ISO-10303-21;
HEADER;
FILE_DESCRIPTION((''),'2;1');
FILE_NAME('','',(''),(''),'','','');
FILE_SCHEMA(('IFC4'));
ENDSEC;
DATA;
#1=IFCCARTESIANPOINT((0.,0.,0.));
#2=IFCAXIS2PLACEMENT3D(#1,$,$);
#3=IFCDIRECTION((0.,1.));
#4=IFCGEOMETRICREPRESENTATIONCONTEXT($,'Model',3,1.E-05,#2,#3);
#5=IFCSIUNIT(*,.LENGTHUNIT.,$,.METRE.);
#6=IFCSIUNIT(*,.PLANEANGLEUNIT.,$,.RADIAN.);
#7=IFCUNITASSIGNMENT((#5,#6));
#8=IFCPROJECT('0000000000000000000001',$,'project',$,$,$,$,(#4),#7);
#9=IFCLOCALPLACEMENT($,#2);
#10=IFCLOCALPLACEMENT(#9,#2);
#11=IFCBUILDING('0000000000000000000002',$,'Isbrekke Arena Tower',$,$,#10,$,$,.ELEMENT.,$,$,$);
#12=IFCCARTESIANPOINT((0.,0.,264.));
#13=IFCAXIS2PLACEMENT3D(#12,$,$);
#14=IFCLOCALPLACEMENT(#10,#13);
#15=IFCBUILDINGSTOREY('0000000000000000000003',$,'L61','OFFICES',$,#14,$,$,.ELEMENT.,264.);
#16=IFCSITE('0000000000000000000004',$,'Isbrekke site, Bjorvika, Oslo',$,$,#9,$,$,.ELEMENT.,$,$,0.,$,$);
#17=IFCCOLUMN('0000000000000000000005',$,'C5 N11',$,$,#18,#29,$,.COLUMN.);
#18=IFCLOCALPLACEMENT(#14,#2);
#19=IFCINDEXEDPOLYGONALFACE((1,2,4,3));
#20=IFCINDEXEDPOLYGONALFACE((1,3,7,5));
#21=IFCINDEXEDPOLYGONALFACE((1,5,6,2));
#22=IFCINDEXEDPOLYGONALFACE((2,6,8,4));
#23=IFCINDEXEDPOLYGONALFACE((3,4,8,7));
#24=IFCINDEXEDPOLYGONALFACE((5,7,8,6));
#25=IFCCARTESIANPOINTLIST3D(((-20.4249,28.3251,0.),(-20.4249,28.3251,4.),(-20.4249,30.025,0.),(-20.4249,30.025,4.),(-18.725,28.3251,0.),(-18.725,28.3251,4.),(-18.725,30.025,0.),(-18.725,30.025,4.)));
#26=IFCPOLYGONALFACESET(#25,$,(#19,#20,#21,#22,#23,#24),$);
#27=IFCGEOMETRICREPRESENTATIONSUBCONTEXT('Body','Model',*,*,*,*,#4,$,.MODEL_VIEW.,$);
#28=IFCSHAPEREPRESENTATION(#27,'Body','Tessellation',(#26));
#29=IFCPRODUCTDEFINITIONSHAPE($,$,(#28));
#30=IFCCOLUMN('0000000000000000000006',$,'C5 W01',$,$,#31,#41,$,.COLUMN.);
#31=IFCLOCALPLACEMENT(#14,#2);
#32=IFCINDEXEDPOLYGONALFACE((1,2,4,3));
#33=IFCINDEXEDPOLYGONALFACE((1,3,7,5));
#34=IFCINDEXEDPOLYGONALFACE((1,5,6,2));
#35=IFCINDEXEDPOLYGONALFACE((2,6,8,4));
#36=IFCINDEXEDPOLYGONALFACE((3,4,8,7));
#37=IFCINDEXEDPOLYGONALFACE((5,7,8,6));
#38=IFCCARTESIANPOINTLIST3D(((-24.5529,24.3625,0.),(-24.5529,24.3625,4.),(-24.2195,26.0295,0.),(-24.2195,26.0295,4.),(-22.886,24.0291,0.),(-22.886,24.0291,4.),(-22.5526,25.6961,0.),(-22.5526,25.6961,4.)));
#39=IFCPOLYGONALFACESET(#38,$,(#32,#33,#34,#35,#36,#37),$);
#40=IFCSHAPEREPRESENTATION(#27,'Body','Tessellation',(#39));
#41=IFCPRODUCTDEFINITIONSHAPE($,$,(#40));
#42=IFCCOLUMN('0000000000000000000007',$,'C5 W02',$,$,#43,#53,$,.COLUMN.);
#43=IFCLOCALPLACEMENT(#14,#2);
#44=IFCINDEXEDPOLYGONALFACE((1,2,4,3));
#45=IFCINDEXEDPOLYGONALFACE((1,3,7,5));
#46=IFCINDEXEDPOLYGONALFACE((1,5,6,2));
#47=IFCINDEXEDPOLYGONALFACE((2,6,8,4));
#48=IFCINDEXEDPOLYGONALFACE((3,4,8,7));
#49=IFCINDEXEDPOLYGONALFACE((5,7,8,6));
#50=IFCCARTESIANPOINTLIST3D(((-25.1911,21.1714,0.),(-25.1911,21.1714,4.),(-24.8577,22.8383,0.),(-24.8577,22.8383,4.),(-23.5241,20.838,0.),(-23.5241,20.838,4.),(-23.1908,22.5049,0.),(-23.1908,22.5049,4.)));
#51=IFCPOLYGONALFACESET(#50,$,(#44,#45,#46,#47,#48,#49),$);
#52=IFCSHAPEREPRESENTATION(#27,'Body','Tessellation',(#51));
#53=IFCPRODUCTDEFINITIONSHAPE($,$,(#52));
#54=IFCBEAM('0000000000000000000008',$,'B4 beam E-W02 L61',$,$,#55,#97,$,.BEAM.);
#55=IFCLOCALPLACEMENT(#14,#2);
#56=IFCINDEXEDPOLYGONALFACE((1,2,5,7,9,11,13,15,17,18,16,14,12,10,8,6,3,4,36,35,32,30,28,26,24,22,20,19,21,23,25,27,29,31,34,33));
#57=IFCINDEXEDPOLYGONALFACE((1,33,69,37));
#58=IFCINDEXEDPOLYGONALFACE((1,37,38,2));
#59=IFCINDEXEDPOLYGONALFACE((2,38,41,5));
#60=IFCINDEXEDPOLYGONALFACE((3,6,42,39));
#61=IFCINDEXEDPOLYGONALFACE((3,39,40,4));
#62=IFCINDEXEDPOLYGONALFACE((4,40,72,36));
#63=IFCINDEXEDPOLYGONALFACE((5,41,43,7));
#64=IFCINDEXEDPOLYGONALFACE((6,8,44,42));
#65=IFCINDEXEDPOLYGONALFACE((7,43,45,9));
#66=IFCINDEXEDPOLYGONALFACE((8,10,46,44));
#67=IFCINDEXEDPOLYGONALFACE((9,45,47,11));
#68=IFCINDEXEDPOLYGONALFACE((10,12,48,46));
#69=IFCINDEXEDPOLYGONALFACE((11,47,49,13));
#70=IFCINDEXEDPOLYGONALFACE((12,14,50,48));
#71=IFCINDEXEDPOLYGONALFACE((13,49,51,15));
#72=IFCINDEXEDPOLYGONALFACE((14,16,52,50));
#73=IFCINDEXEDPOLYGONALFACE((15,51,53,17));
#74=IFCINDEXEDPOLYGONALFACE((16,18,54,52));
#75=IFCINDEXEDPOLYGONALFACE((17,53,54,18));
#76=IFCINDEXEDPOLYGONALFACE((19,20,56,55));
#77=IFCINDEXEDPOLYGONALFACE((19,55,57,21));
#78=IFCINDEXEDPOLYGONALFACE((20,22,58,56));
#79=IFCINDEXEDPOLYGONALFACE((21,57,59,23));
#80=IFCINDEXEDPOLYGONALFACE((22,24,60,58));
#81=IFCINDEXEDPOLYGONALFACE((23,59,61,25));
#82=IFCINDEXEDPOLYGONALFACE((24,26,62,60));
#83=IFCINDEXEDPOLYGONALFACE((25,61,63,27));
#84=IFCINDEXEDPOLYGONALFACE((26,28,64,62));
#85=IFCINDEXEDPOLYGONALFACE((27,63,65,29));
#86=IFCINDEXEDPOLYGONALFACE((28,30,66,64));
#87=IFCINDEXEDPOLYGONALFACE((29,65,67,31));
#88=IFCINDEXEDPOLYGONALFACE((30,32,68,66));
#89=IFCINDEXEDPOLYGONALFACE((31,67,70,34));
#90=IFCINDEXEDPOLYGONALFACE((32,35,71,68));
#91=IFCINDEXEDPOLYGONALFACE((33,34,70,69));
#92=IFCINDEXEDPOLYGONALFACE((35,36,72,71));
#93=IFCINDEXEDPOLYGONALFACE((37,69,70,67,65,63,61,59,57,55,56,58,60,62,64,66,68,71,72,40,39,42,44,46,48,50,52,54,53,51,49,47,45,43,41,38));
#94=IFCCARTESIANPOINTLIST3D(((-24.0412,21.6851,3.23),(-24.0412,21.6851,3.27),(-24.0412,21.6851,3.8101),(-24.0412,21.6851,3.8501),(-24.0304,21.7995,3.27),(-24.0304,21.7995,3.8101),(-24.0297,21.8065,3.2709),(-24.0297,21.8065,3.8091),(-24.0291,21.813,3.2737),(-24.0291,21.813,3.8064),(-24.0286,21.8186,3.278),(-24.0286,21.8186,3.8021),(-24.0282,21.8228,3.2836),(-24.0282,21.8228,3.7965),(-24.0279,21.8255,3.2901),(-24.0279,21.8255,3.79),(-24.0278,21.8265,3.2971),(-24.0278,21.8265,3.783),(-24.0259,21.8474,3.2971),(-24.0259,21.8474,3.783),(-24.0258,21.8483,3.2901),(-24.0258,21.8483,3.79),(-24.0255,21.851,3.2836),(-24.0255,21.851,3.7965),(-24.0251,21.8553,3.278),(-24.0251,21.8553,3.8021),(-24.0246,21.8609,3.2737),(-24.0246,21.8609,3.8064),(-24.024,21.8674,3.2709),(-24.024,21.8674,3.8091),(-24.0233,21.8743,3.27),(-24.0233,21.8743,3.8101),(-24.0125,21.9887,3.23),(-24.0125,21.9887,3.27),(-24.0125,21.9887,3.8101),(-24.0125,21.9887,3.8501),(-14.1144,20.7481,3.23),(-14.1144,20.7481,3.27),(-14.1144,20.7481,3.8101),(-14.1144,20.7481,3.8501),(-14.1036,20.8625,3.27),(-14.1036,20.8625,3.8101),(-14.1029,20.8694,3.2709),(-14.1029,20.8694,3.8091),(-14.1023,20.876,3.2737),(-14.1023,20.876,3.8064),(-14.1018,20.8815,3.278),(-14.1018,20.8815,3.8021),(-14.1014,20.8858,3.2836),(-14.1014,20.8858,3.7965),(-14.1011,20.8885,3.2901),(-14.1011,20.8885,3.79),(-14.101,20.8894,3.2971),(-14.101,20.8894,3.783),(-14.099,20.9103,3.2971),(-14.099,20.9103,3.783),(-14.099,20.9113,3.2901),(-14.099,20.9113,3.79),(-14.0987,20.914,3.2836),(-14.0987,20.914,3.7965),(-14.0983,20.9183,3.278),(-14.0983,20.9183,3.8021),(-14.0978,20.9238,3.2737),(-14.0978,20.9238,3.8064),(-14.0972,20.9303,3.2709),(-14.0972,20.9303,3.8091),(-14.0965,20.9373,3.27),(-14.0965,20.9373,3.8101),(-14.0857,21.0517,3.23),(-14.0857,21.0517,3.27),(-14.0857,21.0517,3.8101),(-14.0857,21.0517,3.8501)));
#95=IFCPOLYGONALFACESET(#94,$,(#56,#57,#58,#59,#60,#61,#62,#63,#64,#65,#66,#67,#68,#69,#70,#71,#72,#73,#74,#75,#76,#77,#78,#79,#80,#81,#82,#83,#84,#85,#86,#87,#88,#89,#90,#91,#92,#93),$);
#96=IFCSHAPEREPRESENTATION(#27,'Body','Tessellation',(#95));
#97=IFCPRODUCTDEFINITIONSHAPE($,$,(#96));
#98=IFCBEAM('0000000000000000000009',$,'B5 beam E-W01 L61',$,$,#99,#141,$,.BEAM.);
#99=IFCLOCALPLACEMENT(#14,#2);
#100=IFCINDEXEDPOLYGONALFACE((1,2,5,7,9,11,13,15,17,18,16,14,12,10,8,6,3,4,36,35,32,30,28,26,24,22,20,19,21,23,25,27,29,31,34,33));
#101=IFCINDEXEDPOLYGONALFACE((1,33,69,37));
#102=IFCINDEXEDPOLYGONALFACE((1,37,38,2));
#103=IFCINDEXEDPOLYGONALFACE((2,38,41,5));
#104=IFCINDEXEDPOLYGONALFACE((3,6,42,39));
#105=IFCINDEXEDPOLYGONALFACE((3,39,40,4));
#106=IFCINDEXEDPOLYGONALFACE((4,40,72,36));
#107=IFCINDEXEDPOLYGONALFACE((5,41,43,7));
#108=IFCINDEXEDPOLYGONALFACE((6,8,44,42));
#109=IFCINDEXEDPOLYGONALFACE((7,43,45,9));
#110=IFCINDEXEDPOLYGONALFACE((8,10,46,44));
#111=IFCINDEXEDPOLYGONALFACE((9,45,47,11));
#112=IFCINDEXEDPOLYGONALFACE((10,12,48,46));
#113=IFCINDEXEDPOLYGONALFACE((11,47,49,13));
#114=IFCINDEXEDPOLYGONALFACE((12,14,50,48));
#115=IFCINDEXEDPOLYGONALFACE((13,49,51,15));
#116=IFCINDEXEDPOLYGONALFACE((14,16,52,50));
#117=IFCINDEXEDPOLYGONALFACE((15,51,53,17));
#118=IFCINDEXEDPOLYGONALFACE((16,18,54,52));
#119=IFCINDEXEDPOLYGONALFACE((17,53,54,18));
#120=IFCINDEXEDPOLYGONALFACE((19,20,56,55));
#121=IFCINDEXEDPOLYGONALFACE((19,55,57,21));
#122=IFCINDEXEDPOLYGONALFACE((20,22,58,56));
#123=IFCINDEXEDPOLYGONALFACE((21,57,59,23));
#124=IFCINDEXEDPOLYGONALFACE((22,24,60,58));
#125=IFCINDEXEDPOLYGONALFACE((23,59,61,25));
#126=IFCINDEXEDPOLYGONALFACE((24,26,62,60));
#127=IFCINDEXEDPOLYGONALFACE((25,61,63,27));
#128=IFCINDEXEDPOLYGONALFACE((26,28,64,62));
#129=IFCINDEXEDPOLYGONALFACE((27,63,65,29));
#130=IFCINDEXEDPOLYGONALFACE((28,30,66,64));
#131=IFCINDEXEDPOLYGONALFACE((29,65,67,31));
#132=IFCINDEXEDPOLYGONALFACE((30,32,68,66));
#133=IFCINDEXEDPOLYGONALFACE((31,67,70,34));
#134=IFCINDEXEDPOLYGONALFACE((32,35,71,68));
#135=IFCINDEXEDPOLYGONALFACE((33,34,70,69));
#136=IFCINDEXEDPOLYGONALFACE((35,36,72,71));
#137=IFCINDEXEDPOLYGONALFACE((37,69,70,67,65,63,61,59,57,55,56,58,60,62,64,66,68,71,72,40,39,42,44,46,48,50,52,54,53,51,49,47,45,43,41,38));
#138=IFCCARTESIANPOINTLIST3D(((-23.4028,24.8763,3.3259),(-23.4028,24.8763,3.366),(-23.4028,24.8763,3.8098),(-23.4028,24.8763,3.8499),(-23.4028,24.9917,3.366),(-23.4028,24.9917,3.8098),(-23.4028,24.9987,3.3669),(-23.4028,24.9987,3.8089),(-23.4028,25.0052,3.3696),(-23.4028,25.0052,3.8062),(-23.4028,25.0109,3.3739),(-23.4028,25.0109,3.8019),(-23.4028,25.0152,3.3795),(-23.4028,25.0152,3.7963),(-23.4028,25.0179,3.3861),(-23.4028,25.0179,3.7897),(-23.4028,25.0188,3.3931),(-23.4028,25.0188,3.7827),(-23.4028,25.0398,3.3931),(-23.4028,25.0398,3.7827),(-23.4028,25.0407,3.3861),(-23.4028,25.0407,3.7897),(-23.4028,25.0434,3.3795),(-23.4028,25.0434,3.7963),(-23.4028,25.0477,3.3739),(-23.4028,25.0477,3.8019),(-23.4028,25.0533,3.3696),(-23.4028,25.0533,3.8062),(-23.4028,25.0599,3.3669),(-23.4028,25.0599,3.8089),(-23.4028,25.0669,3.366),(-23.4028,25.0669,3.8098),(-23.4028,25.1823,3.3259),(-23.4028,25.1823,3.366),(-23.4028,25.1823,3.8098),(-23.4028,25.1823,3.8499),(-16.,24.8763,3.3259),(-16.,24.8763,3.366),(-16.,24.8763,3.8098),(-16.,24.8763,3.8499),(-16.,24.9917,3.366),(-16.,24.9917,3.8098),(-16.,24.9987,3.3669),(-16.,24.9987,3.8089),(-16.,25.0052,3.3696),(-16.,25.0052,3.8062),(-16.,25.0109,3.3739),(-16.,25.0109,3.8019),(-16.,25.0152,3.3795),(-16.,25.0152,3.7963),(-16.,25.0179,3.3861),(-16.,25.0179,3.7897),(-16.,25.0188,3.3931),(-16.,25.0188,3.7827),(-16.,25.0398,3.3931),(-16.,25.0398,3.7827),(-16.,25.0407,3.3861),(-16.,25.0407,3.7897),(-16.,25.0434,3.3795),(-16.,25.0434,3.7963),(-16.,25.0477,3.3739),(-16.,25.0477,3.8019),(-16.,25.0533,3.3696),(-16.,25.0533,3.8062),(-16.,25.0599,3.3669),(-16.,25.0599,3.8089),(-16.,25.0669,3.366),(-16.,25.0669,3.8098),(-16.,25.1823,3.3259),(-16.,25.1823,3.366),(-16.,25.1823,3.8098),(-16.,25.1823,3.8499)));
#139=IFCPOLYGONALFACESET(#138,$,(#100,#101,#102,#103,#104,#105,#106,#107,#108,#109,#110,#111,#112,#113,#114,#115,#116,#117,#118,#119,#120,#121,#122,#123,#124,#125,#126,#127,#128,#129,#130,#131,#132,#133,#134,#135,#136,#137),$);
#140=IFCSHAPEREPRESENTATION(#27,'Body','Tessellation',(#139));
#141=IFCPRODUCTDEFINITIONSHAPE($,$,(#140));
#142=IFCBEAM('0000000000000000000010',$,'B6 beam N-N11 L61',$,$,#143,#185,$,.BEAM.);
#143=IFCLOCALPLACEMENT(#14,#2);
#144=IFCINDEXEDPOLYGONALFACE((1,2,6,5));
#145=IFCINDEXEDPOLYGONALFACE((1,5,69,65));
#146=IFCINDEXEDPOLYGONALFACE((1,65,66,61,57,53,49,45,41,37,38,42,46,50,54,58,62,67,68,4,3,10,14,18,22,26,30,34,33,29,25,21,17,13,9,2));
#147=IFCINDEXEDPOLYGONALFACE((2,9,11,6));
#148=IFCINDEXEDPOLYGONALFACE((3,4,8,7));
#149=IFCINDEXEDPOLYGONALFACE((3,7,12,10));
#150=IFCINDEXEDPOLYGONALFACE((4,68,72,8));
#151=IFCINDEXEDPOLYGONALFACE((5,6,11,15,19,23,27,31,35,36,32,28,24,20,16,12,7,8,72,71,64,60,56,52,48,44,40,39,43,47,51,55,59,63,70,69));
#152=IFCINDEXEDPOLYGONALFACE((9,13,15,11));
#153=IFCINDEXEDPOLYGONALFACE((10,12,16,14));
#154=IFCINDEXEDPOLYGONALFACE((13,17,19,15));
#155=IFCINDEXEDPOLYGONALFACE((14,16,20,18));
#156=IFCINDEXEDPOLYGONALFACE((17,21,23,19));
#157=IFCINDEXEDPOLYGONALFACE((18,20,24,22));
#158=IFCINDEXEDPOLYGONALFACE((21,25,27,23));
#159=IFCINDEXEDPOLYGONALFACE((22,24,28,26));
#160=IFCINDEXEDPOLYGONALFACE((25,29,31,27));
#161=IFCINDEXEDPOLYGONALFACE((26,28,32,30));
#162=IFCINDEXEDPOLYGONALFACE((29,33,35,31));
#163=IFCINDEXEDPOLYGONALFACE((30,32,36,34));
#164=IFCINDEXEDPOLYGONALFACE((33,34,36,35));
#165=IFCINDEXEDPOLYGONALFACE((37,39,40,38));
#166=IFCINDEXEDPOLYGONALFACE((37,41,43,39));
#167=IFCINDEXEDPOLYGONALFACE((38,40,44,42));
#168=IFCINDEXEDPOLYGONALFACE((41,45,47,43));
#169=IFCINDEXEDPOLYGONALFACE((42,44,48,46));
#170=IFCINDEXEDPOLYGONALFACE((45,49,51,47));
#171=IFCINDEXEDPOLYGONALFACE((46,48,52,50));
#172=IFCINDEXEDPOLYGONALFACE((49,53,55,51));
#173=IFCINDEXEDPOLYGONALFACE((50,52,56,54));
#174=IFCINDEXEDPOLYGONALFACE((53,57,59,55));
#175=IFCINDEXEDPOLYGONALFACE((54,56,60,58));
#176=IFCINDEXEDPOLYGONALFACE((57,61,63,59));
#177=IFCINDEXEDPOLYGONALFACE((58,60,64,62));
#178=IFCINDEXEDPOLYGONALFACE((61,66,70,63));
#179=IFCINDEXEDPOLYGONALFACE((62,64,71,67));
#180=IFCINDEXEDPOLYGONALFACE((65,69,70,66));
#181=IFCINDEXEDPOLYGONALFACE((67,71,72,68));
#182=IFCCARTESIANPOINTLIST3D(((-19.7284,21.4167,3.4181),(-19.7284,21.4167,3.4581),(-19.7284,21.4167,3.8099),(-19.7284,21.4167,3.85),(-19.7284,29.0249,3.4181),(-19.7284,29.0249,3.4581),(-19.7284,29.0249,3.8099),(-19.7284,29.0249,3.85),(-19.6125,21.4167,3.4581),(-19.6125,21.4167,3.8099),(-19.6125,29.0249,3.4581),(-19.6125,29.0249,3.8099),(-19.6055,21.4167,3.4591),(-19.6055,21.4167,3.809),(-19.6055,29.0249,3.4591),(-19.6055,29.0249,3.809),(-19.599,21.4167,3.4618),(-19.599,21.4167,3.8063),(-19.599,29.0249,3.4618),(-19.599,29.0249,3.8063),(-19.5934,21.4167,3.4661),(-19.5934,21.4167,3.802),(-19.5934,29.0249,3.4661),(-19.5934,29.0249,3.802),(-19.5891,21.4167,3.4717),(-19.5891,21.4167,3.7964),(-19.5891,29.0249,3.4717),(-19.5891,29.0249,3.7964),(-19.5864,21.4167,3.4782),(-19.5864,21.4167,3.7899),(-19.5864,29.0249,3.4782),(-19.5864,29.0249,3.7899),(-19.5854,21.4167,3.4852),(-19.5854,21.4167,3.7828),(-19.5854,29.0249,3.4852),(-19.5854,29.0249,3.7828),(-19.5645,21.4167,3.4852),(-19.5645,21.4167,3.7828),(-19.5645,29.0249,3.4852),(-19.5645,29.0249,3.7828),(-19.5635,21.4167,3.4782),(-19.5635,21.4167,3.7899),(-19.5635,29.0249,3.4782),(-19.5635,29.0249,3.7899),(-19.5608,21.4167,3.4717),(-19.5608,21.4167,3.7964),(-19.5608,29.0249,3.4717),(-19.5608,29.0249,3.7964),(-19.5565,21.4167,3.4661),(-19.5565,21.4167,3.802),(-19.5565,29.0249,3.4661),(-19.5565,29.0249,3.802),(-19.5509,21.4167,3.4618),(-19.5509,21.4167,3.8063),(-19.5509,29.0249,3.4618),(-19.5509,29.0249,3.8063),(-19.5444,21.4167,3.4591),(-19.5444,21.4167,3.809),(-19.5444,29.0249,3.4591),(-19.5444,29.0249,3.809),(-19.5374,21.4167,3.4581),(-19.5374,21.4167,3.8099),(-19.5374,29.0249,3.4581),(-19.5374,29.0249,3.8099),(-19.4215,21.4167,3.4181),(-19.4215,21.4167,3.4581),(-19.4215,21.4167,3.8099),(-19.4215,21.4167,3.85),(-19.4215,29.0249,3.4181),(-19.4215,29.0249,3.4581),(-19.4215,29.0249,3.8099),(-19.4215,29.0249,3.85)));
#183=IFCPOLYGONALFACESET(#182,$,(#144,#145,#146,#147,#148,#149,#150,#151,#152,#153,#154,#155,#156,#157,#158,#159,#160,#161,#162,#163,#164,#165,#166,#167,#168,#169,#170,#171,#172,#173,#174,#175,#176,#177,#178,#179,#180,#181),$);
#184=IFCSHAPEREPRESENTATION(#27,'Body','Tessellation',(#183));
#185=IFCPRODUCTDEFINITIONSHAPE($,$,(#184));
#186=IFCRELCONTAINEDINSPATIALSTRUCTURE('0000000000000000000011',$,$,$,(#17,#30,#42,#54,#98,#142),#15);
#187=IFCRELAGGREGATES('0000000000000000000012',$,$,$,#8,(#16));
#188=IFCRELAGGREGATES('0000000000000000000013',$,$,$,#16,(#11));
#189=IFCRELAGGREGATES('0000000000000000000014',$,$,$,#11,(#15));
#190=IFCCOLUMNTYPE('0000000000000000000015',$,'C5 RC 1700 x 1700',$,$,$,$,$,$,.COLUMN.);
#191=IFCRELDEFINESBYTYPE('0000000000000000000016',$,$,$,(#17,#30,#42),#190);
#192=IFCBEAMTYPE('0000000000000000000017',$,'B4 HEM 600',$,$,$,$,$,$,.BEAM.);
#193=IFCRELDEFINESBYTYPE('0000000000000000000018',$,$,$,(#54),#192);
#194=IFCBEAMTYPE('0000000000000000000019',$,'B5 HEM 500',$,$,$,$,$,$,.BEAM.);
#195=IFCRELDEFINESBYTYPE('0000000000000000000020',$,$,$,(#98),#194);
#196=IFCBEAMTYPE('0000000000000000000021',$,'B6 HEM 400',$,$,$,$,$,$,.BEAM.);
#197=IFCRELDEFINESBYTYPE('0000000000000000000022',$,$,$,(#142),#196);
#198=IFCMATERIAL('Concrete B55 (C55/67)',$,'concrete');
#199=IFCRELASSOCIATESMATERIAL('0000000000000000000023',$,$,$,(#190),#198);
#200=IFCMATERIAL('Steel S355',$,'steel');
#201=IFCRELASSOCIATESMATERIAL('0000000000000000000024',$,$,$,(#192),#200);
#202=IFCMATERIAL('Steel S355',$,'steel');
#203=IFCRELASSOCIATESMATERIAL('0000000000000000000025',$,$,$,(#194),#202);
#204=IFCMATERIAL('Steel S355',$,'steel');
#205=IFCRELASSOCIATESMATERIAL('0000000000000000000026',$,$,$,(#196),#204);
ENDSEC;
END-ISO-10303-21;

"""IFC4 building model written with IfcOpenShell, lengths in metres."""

from ifc_helpers import new_model, si_unit, direction, frame, origin, origin_2d, place, context, subcontext, project, spatial, rectangle, i_section, extrude, material, material_profile, profile_set, type_object, element, save


model = new_model("IFC4")

# Units and contexts
model_context = context("Model", 3, precision=1e-05, world=origin(), true_north=direction((0.0, 1.0)))
body_context = subcontext(model_context, "Body", "Model", "MODEL_VIEW")
ifc_project = project(units=[si_unit("LENGTHUNIT", "METRE"), si_unit("PLANEANGLEUNIT", "RADIAN")], contexts=[model_context])

# Site, building, storey
site_placement = place(None, origin())
site = spatial("IfcSite", under=ifc_project, at=site_placement, Name="Isbrekke site, Bjorvika, Oslo", CompositionType="ELEMENT", RefElevation=0.0)
building_placement = place(site_placement, origin())
building = spatial("IfcBuilding", under=site, at=building_placement, Name="Isbrekke Arena Tower", CompositionType="ELEMENT")
storey_placement = place(building_placement, frame((0.0, 0.0, 264.0)))
storey = spatial("IfcBuildingStorey", under=building, at=storey_placement, Name="L61", Description="OFFICES", CompositionType="ELEMENT", Elevation=264.0)

# Columns
ifc_material_1 = material(Name="Concrete B55 (C55/67)", Category="concrete")
ifc_material_profile_1 = material_profile(ifc_material_1, rectangle(XDim=1.7, YDim=1.7, at=origin_2d()), Name="RC 1700x1700")
ifc_profile_set_1 = profile_set([ifc_material_profile_1], Name="Concrete B55 (C55/67)")
column_type = type_object("IfcColumnType", Name="C5 RC 1700 x 1700", PredefinedType="COLUMN", material=ifc_profile_set_1)
for number, where, z_axis, x_axis, name in (
    (1, (-19.575, 29.175, 0.0), (0.0, 0.0, 1.0), (-1.0, 0.0, 0.0), "C5 N11"),
    (2, (-23.5527, 25.0293, 0.0), (0.0, 0.0, 1.0), (-0.196116, -0.980581, 0.0), "C5 W01"),
    (3, (-24.1909, 21.8381, 0.0), (0.0, 0.0, 1.0), (-0.196116, -0.980581, 0.0), "C5 W02"),
):
    element("IfcColumn", number, at=place(storey_placement, frame(where, z_axis=z_axis, x_axis=x_axis)), inside=storey, type_object=column_type, Name=name, PredefinedType="COLUMN", context=body_context, shape_type="SweptSolid", body=[
        extrude(rectangle(XDim=1.7, YDim=1.7, at=origin_2d()), origin(), (0.0, 0.0, 1.0), 4.0),
    ])

# Beams
ifc_material_2 = material(Name="Steel S355", Category="steel")
ifc_material_profile_2 = material_profile(ifc_material_2, i_section(OverallWidth=0.3049, OverallDepth=0.6201, WebThickness=0.021, FlangeThickness=0.04, FilletRadius=0.0271, at=origin_2d()), Name="HEM 600")
ifc_profile_set_2 = profile_set([ifc_material_profile_2], Name="Steel S355")
beam_type_1 = type_object("IfcBeamType", Name="B4 HEM 600", PredefinedType="BEAM", material=ifc_profile_set_2)
beam_1_placement = place(storey_placement, frame((-24.0269, 21.8369, 3.54), z_axis=(0.995575, -0.093975, 0.0), x_axis=(0.093975, 0.995575, 0.0)))
element("IfcBeam", 4, at=beam_1_placement, inside=storey, type_object=beam_type_1, Name="B4 beam E-W02 L61", PredefinedType="BEAM", context=body_context, shape_type="SweptSolid", body=[
    extrude(i_section(OverallWidth=0.3049, OverallDepth=0.6201, WebThickness=0.021, FlangeThickness=0.04, FilletRadius=0.0271, at=origin_2d()), origin(), (0.0, 0.0, 1.0), 9.9709),
])
ifc_material_3 = material(Name="Steel S355", Category="steel")
ifc_material_profile_3 = material_profile(ifc_material_3, i_section(OverallWidth=0.3059, OverallDepth=0.5239, WebThickness=0.021, FlangeThickness=0.04, FilletRadius=0.0271, at=origin_2d()), Name="HEM 500")
ifc_profile_set_3 = profile_set([ifc_material_profile_3], Name="Steel S355")
beam_type_2 = type_object("IfcBeamType", Name="B5 HEM 500", PredefinedType="BEAM", material=ifc_profile_set_3)
beam_2_placement = place(storey_placement, frame((-23.4028, 25.0293, 3.5879), z_axis=(1.0, 0.0, 0.0), x_axis=(0.0, 1.0, 0.0)))
element("IfcBeam", 5, at=beam_2_placement, inside=storey, type_object=beam_type_2, Name="B5 beam E-W01 L61", PredefinedType="BEAM", context=body_context, shape_type="SweptSolid", body=[
    extrude(i_section(OverallWidth=0.3059, OverallDepth=0.5239, WebThickness=0.021, FlangeThickness=0.04, FilletRadius=0.0271, at=origin_2d()), origin(), (0.0, 0.0, 1.0), 7.4028),
])
ifc_material_4 = material(Name="Steel S355", Category="steel")
ifc_material_profile_4 = material_profile(ifc_material_4, i_section(OverallWidth=0.3069, OverallDepth=0.4319, WebThickness=0.021, FlangeThickness=0.04, FilletRadius=0.0271, at=origin_2d()), Name="HEM 400")
ifc_profile_set_4 = profile_set([ifc_material_profile_4], Name="Steel S355")
beam_type_3 = type_object("IfcBeamType", Name="B6 HEM 400", PredefinedType="BEAM", material=ifc_profile_set_4)
beam_3_placement = place(storey_placement, frame((-19.575, 29.0249, 3.634), z_axis=(0.0, -1.0, 0.0), x_axis=(1.0, 0.0, 0.0)))
element("IfcBeam", 6, at=beam_3_placement, inside=storey, type_object=beam_type_3, Name="B6 beam N-N11 L61", PredefinedType="BEAM", context=body_context, shape_type="SweptSolid", body=[
    extrude(i_section(OverallWidth=0.3069, OverallDepth=0.4319, WebThickness=0.021, FlangeThickness=0.04, FilletRadius=0.0271, at=origin_2d()), origin(), (0.0, 0.0, 1.0), 7.6082),
])

save(model, "model.ifc")
